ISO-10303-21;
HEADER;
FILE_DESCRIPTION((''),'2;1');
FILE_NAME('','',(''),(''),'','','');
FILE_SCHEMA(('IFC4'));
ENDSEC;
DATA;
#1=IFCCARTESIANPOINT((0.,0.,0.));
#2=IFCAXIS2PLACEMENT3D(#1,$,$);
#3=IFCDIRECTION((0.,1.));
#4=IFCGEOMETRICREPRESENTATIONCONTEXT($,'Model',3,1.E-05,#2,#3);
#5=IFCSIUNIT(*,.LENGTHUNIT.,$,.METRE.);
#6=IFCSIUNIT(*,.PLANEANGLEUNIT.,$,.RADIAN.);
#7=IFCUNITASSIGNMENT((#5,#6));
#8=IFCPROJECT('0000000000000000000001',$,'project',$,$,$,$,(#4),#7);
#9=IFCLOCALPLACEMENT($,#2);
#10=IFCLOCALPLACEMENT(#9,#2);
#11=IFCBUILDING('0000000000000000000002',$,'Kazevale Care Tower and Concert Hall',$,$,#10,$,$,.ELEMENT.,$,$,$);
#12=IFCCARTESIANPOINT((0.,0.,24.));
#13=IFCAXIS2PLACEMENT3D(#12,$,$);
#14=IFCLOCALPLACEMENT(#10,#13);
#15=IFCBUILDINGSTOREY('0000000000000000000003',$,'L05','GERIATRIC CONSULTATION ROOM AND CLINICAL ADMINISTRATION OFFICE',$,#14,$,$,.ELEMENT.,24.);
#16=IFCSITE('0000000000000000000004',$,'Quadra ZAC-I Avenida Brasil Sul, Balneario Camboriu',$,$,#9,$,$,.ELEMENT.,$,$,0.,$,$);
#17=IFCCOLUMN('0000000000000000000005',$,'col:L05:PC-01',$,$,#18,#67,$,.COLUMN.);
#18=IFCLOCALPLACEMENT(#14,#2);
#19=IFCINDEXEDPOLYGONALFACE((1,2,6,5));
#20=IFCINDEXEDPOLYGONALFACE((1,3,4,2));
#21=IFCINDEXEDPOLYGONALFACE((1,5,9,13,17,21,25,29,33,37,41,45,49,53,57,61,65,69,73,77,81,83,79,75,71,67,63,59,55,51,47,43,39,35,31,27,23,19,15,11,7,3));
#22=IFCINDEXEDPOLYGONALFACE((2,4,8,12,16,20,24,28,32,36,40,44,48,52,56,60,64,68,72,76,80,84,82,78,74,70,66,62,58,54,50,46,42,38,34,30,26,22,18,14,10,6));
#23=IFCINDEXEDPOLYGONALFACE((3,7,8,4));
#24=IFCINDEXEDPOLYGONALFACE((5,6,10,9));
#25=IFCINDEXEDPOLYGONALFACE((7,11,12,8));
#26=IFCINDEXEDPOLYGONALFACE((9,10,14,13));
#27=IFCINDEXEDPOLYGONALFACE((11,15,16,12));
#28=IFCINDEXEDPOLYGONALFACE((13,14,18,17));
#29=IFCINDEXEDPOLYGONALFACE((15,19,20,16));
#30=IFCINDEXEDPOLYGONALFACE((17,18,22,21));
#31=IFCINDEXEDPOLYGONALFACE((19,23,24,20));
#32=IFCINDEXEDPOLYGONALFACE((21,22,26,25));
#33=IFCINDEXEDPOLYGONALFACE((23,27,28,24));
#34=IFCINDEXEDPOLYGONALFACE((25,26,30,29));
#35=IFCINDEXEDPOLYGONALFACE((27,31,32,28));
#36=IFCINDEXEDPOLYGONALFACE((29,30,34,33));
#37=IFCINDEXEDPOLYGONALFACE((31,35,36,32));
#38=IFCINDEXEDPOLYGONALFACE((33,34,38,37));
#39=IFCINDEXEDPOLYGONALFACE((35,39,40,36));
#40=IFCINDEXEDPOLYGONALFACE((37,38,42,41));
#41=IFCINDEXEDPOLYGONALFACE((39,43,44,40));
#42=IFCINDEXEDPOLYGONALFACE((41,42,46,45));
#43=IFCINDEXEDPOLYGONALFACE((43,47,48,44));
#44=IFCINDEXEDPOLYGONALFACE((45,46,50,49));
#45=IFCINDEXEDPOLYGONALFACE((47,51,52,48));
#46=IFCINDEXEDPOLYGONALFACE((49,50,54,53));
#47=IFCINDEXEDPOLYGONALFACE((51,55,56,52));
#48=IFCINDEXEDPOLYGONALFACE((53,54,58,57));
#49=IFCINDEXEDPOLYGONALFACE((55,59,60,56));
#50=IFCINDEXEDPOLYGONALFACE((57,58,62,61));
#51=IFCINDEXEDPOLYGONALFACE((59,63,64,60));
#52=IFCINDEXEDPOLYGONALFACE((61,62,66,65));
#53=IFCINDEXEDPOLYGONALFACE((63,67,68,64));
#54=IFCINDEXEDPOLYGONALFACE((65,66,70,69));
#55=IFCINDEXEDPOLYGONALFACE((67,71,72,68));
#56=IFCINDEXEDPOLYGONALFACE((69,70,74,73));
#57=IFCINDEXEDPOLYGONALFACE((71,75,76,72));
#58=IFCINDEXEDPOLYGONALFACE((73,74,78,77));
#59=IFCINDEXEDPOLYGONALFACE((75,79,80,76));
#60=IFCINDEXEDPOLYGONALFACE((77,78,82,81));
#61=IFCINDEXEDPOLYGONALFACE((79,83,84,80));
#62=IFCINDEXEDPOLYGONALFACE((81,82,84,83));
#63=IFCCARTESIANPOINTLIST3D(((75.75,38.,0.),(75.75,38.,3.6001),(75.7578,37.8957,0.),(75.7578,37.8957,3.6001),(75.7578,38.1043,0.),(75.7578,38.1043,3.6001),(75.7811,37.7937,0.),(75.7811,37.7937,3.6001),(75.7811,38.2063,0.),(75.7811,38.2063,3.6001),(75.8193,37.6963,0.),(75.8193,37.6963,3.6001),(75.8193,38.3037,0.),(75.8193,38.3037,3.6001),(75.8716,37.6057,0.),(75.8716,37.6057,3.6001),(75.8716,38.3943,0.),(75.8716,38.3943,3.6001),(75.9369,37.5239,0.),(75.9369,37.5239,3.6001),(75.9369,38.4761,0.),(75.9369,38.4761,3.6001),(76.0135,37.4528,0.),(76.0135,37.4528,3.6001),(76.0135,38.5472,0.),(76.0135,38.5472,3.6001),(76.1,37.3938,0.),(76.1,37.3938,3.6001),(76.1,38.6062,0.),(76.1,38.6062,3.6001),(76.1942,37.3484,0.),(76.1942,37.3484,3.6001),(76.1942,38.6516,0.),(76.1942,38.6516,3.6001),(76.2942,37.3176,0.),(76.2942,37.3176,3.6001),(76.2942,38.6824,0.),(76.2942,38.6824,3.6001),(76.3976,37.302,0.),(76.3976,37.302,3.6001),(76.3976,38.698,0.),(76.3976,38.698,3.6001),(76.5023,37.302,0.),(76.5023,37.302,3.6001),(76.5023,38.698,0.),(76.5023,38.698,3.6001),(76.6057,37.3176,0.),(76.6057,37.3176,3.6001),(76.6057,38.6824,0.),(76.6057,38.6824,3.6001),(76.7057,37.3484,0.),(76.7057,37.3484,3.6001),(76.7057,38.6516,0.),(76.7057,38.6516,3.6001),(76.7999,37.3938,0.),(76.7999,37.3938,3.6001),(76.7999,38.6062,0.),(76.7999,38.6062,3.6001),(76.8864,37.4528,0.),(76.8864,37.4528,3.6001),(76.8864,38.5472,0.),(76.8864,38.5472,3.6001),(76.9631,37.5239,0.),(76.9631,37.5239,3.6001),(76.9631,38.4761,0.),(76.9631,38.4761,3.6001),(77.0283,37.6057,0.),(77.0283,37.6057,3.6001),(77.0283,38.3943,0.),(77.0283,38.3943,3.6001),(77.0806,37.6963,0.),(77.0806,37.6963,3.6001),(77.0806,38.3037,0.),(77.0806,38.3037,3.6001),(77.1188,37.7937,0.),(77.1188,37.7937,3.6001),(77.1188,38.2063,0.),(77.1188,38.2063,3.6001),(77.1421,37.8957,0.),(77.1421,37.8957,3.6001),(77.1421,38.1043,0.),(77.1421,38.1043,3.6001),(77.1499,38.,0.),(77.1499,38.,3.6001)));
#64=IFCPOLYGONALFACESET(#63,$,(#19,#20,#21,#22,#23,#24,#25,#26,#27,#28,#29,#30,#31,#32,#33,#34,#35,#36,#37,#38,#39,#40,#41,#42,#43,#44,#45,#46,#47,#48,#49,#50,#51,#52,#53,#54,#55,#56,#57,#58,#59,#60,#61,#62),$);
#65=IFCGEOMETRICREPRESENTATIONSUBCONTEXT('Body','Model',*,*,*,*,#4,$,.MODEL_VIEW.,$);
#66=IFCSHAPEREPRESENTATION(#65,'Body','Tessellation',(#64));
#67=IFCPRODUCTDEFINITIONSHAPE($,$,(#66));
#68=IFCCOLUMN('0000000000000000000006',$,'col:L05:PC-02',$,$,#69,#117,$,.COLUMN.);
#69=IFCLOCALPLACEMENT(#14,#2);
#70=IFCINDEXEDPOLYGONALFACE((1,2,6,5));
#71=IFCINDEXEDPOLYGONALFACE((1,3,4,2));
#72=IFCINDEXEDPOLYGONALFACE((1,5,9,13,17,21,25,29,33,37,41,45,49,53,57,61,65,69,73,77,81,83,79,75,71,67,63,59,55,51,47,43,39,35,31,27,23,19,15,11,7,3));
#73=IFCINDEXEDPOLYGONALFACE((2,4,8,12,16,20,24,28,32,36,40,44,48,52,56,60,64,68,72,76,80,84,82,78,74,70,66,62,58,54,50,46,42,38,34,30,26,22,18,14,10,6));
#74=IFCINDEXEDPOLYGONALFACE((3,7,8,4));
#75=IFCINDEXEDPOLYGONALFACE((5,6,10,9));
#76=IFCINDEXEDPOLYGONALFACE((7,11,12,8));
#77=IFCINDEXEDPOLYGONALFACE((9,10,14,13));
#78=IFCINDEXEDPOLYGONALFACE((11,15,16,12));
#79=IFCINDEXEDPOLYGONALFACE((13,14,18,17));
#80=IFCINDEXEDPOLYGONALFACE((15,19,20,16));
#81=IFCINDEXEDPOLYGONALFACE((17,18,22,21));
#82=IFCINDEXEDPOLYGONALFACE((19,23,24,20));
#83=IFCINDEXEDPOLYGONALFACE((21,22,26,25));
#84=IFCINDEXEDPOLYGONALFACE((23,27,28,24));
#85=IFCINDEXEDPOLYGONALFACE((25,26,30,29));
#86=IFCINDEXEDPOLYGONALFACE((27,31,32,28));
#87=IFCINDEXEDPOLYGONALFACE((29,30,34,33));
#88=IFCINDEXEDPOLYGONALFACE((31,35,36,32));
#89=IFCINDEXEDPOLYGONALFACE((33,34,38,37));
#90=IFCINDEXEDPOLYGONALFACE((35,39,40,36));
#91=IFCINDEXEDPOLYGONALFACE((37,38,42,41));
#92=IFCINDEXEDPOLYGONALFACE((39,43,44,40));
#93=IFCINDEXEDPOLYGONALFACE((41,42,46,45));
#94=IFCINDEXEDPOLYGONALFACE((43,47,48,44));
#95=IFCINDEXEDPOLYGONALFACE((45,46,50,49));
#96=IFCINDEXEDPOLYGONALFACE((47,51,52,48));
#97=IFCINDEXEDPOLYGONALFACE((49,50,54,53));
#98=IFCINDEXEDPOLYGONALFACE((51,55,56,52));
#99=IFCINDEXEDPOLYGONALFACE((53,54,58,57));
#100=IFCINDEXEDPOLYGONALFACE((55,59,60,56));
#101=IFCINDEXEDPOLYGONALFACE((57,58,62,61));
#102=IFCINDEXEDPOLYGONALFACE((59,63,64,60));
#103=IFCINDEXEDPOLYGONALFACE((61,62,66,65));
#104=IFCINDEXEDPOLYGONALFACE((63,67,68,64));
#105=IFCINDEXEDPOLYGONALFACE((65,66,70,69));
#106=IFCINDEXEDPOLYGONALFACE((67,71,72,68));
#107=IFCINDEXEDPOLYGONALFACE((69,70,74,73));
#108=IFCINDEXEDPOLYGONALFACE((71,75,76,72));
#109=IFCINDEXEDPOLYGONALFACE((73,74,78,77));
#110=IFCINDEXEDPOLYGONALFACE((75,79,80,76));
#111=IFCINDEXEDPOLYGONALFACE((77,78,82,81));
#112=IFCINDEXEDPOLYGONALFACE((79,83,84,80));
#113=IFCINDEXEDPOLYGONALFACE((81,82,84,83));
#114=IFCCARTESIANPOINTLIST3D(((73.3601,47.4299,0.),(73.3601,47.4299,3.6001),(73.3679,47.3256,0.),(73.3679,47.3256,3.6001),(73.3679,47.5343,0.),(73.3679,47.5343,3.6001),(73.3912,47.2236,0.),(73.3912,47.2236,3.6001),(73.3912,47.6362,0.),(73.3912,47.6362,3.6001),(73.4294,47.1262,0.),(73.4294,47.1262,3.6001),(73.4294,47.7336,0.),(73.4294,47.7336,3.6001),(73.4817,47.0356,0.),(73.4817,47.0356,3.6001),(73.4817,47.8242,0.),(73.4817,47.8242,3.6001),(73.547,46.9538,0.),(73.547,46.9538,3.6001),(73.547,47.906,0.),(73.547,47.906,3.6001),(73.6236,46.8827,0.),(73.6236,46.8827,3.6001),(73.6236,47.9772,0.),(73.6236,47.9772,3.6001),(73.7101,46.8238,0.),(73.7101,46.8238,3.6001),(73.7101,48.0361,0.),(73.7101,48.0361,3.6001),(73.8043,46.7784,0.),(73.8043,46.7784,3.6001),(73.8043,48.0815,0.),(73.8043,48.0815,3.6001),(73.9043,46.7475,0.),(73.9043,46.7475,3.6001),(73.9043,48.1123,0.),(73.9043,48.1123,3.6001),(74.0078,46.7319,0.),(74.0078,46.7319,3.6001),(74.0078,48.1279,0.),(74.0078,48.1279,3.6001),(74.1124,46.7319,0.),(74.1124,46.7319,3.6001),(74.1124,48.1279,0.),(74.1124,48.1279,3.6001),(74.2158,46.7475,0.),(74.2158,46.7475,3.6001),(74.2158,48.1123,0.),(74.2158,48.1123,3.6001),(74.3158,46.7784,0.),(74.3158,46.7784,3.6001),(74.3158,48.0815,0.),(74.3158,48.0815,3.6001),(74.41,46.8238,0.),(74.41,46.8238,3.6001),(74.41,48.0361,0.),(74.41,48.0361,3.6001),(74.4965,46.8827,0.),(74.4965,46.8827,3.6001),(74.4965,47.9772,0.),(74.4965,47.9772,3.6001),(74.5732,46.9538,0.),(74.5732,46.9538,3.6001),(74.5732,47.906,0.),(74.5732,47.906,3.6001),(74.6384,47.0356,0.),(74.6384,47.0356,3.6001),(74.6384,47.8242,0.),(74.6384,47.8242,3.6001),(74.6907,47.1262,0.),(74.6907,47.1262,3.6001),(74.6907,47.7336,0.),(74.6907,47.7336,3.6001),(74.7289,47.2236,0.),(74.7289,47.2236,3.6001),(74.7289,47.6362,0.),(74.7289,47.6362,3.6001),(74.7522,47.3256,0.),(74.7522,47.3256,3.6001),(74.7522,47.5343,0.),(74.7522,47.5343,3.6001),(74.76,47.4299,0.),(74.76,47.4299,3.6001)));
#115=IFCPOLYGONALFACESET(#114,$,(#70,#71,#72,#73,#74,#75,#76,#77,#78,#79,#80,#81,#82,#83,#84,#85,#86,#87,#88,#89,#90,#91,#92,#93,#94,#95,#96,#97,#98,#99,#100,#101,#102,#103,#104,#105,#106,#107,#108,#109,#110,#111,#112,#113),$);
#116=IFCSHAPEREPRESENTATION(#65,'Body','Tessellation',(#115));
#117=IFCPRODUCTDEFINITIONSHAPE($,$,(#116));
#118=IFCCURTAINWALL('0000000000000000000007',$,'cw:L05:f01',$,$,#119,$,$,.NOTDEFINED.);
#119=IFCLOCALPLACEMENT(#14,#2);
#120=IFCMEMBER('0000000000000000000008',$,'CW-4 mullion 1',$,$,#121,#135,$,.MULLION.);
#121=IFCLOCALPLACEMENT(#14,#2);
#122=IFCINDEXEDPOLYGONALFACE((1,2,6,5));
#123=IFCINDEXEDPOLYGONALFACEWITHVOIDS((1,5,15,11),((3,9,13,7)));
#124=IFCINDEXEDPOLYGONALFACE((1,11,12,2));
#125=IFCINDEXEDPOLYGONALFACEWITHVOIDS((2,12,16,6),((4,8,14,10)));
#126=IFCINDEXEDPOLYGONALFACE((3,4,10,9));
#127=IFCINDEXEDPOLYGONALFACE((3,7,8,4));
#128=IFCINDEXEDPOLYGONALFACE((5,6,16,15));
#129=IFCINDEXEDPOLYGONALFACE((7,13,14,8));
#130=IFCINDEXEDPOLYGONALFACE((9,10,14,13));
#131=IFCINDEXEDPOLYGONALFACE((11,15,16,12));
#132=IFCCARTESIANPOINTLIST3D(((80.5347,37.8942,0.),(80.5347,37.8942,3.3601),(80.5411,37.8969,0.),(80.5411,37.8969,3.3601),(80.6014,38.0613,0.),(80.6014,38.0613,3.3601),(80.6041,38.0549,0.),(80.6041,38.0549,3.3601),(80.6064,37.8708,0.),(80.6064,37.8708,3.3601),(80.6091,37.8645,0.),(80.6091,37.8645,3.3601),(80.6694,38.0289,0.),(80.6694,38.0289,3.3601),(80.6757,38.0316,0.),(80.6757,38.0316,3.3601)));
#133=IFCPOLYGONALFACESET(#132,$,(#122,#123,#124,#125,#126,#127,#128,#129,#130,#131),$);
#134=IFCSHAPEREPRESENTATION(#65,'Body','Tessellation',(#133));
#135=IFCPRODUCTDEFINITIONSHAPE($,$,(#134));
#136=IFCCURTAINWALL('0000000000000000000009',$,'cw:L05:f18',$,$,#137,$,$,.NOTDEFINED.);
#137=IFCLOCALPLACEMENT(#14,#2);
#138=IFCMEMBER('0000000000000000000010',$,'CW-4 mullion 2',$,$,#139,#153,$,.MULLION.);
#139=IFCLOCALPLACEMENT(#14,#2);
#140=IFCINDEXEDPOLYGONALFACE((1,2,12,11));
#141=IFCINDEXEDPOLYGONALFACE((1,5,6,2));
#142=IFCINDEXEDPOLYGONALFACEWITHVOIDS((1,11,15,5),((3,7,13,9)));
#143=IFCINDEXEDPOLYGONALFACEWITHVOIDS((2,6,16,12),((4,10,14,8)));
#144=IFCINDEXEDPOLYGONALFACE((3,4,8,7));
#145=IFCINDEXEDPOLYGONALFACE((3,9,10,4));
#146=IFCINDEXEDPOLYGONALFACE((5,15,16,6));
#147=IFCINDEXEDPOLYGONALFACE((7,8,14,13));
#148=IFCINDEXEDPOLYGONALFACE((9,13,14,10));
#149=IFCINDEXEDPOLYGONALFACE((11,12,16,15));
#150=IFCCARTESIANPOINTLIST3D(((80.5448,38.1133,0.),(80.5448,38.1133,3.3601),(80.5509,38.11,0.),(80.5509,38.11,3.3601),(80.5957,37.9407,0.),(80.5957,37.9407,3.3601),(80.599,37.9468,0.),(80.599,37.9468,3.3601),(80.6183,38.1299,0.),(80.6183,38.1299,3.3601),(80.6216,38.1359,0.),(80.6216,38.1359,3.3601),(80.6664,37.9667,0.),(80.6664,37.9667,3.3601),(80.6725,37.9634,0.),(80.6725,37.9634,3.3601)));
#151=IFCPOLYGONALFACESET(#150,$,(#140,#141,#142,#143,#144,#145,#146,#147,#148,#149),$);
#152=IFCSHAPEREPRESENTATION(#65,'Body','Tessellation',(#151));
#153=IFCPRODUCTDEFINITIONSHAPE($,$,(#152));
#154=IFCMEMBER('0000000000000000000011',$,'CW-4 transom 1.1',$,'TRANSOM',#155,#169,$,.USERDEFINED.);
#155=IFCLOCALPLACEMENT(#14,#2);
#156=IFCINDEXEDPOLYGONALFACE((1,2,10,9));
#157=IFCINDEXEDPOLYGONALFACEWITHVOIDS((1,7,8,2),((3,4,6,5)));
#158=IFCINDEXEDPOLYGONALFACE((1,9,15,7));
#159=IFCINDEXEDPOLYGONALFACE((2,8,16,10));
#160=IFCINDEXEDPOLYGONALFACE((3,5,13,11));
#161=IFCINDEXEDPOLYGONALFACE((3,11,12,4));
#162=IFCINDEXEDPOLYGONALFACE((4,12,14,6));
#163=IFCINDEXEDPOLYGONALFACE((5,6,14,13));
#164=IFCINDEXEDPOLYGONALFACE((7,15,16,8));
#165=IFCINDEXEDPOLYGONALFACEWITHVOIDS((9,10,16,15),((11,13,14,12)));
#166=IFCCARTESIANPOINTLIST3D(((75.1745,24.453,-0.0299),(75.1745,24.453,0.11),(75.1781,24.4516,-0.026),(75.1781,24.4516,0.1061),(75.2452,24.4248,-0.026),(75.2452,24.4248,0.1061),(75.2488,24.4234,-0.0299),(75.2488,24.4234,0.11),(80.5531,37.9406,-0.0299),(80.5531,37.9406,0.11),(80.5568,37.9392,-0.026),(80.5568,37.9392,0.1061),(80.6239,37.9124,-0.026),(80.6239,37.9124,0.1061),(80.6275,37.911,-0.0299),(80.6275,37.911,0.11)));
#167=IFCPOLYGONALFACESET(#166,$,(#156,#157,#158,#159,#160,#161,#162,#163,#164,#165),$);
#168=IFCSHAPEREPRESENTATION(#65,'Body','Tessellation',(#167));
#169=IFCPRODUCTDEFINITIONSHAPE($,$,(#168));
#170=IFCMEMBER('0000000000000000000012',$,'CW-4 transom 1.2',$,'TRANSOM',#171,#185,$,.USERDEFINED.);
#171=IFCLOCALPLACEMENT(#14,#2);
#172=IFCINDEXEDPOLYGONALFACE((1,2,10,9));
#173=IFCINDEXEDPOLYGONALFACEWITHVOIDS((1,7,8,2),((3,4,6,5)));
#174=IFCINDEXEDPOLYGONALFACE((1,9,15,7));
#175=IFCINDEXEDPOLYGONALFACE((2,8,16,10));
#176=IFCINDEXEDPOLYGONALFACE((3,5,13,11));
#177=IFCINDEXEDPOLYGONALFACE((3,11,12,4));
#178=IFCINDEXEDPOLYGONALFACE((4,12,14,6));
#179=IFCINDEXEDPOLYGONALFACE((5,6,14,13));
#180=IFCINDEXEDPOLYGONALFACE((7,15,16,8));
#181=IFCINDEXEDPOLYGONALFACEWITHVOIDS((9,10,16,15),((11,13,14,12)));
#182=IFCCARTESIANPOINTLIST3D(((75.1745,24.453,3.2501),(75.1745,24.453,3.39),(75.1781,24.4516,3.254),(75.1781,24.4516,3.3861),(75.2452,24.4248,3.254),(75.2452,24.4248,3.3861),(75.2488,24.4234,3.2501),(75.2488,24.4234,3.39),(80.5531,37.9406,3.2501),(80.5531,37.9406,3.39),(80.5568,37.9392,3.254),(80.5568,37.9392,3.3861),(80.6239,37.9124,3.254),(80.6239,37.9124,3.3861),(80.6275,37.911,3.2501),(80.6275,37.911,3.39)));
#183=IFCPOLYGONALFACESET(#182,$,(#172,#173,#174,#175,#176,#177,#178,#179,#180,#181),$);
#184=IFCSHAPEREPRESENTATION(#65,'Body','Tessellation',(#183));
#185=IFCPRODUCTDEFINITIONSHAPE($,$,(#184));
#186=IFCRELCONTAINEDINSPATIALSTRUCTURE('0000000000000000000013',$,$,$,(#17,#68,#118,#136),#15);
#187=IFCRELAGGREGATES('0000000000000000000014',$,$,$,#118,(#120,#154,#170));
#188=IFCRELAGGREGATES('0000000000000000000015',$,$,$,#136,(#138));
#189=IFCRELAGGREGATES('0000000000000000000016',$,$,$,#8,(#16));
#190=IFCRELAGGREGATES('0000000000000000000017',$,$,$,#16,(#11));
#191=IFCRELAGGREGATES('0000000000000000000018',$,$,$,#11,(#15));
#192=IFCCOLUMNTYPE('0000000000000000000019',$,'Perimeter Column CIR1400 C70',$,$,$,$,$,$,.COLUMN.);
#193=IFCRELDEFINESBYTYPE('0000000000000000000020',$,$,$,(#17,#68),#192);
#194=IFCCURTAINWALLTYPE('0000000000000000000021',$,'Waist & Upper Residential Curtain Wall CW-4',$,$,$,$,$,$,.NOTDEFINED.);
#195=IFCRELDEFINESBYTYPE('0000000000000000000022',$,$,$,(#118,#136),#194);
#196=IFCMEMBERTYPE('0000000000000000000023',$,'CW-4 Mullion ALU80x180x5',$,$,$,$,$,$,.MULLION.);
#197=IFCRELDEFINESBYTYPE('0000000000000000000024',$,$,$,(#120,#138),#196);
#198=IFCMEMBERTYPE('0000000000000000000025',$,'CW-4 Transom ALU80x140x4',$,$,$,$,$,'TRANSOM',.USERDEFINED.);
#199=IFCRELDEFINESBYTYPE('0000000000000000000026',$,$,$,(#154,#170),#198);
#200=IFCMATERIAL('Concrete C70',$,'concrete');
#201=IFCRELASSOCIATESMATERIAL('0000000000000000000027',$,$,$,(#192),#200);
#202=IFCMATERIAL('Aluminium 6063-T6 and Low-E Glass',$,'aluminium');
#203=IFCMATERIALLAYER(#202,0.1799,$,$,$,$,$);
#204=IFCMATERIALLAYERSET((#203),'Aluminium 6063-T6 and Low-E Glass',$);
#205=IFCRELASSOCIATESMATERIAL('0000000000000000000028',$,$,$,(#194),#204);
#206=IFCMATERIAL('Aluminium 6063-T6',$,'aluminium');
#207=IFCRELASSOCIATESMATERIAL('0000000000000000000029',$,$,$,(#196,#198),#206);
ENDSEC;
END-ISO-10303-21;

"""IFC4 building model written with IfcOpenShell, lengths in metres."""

from ifc_helpers import new_model, si_unit, direction, frame, origin, origin_2d, place, context, subcontext, project, spatial, hollow_rectangle, circle, extrude, material, layer, layer_set, material_profile, profile_set, type_object, element, aggregate, save


model = new_model("IFC4")

# Units and contexts
model_context = context("Model", 3, precision=1e-05, world=origin(), true_north=direction((0.0, 1.0)))
body_context = subcontext(model_context, "Body", "Model", "MODEL_VIEW")
ifc_project = project(units=[si_unit("LENGTHUNIT", "METRE"), si_unit("PLANEANGLEUNIT", "RADIAN")], contexts=[model_context])

# Site, building, storey
site_placement = place(None, origin())
site = spatial("IfcSite", under=ifc_project, at=site_placement, Name="Quadra ZAC-I Avenida Brasil Sul, Balneario Camboriu", CompositionType="ELEMENT", RefElevation=0.0)
building_placement = place(site_placement, origin())
building = spatial("IfcBuilding", under=site, at=building_placement, Name="Kazevale Care Tower and Concert Hall", CompositionType="ELEMENT")
storey_placement = place(building_placement, frame((0.0, 0.0, 24.0)))
storey = spatial("IfcBuildingStorey", under=building, at=storey_placement, Name="L05", Description="GERIATRIC CONSULTATION ROOM AND CLINICAL ADMINISTRATION OFFICE", CompositionType="ELEMENT", Elevation=24.0)

# Columns
ifc_material_1 = material(Name="Concrete C70", Category="concrete")
ifc_material_profile_1 = material_profile(ifc_material_1, circle(Radius=0.7, at=origin_2d()), Name="RC-CIR1400")
ifc_profile_set_1 = profile_set([ifc_material_profile_1], Name="Concrete C70")
column_type = type_object("IfcColumnType", Name="Perimeter Column CIR1400 C70", PredefinedType="COLUMN", material=ifc_profile_set_1)
for number, where, z_axis, x_axis, name in (
    (1, (76.45, 38.0, 0.0), (0.0, 0.0, 1.0), (1.0, 0.0, 0.0), "col:L05:PC-01"),
    (2, (74.0601, 47.4299, 0.0), (0.0, 0.0, 1.0), (1.0, 0.0, 0.0), "col:L05:PC-02"),
):
    element("IfcColumn", number, at=place(storey_placement, frame(where, z_axis=z_axis, x_axis=x_axis)), inside=storey, type_object=column_type, Name=name, PredefinedType="COLUMN", context=body_context, shape_type="SweptSolid", body=[
        extrude(circle(Radius=0.7, at=origin_2d()), origin(), (0.0, 0.0, 1.0), 3.6001),
    ])

# Curtain walls, members
ifc_material_2 = material(Name="Aluminium 6063-T6 and Low-E Glass", Category="aluminium")
ifc_layer_1 = layer(ifc_material_2, 0.1799)
ifc_layer_set_1 = layer_set([ifc_layer_1], Name="Aluminium 6063-T6 and Low-E Glass")
curtain_wall_type = type_object("IfcCurtainWallType", Name="Waist & Upper Residential Curtain Wall CW-4", PredefinedType="NOTDEFINED", material=ifc_layer_set_1)
curtain_wall_1_placement = place(storey_placement, origin())
curtain_wall_1 = element("IfcCurtainWall", 3, at=curtain_wall_1_placement, inside=storey, type_object=curtain_wall_type, Name="cw:L05:f01", PredefinedType="NOTDEFINED")
ifc_material_3 = material(Name="Aluminium 6063-T6", Category="aluminium")
ifc_material_profile_2 = material_profile(ifc_material_3, hollow_rectangle(XDim=0.0801, YDim=0.1799, WallThickness=0.0049, at=origin_2d()), Name="ALU80x180x5")
ifc_profile_set_2 = profile_set([ifc_material_profile_2], Name="Aluminium 6063-T6")
member_type_1 = type_object("IfcMemberType", Name="CW-4 Mullion ALU80x180x5", PredefinedType="MULLION", material=ifc_profile_set_2)
member_1_placement = place(storey_placement, frame((80.6052, 37.9629, 0.0), z_axis=(0.0, 0.0, 1.0), x_axis=(0.928861, -0.370427, 0.0)))
member_1 = element("IfcMember", 4, at=member_1_placement, type_object=member_type_1, Name="CW-4 mullion 1", PredefinedType="MULLION", context=body_context, shape_type="SweptSolid", body=[
    extrude(hollow_rectangle(XDim=0.0801, YDim=0.1799, WallThickness=0.0049, at=origin_2d()), origin(), (0.0, 0.0, 1.0), 3.3601),
])
curtain_wall_2_placement = place(storey_placement, origin())
curtain_wall_2 = element("IfcCurtainWall", 5, at=curtain_wall_2_placement, inside=storey, type_object=curtain_wall_type, Name="cw:L05:f18", PredefinedType="NOTDEFINED")
member_2_placement = place(storey_placement, frame((80.6086, 38.0383, 0.0), z_axis=(0.0, 0.0, 1.0), x_axis=(0.959173, 0.28282, 0.0)))
member_2 = element("IfcMember", 6, at=member_2_placement, type_object=member_type_1, Name="CW-4 mullion 2", PredefinedType="MULLION", context=body_context, shape_type="SweptSolid", body=[
    extrude(hollow_rectangle(XDim=0.0801, YDim=0.1799, WallThickness=0.0049, at=origin_2d()), origin(), (0.0, 0.0, 1.0), 3.3601),
])

# Members
ifc_material_profile_3 = material_profile(ifc_material_3, hollow_rectangle(XDim=0.0801, YDim=0.1399, WallThickness=0.0039, at=origin_2d()), Name="ALU80x140x4")
ifc_profile_set_3 = profile_set([ifc_material_profile_3], Name="Aluminium 6063-T6")
member_type_2 = type_object("IfcMemberType", Name="CW-4 Transom ALU80x140x4", ElementType="TRANSOM", PredefinedType="USERDEFINED", material=ifc_profile_set_3)
member_3_placement = place(storey_placement, frame((80.5903, 37.9258, 0.04), z_axis=(-0.370419, -0.928865, 0.0), x_axis=(0.928865, -0.370419, 0.0)))
member_3 = element("IfcMember", 7, at=member_3_placement, type_object=member_type_2, Name="CW-4 transom 1.1", ObjectType="TRANSOM", PredefinedType="USERDEFINED", context=body_context, shape_type="SweptSolid", body=[
    extrude(hollow_rectangle(XDim=0.0801, YDim=0.1399, WallThickness=0.0039, at=origin_2d()), origin(), (0.0, 0.0, 1.0), 14.5205),
])
member_4_placement = place(storey_placement, frame((80.5903, 37.9258, 3.3201), z_axis=(-0.370419, -0.928865, 0.0), x_axis=(0.928865, -0.370419, 0.0)))
member_4 = element("IfcMember", 8, at=member_4_placement, type_object=member_type_2, Name="CW-4 transom 1.2", ObjectType="TRANSOM", PredefinedType="USERDEFINED", context=body_context, shape_type="SweptSolid", body=[
    extrude(hollow_rectangle(XDim=0.0801, YDim=0.1399, WallThickness=0.0039, at=origin_2d()), origin(), (0.0, 0.0, 1.0), 14.5205),
])

aggregate(curtain_wall_1, [member_1, member_3, member_4])
aggregate(curtain_wall_2, [member_2])

save(model, "model.ifc")
